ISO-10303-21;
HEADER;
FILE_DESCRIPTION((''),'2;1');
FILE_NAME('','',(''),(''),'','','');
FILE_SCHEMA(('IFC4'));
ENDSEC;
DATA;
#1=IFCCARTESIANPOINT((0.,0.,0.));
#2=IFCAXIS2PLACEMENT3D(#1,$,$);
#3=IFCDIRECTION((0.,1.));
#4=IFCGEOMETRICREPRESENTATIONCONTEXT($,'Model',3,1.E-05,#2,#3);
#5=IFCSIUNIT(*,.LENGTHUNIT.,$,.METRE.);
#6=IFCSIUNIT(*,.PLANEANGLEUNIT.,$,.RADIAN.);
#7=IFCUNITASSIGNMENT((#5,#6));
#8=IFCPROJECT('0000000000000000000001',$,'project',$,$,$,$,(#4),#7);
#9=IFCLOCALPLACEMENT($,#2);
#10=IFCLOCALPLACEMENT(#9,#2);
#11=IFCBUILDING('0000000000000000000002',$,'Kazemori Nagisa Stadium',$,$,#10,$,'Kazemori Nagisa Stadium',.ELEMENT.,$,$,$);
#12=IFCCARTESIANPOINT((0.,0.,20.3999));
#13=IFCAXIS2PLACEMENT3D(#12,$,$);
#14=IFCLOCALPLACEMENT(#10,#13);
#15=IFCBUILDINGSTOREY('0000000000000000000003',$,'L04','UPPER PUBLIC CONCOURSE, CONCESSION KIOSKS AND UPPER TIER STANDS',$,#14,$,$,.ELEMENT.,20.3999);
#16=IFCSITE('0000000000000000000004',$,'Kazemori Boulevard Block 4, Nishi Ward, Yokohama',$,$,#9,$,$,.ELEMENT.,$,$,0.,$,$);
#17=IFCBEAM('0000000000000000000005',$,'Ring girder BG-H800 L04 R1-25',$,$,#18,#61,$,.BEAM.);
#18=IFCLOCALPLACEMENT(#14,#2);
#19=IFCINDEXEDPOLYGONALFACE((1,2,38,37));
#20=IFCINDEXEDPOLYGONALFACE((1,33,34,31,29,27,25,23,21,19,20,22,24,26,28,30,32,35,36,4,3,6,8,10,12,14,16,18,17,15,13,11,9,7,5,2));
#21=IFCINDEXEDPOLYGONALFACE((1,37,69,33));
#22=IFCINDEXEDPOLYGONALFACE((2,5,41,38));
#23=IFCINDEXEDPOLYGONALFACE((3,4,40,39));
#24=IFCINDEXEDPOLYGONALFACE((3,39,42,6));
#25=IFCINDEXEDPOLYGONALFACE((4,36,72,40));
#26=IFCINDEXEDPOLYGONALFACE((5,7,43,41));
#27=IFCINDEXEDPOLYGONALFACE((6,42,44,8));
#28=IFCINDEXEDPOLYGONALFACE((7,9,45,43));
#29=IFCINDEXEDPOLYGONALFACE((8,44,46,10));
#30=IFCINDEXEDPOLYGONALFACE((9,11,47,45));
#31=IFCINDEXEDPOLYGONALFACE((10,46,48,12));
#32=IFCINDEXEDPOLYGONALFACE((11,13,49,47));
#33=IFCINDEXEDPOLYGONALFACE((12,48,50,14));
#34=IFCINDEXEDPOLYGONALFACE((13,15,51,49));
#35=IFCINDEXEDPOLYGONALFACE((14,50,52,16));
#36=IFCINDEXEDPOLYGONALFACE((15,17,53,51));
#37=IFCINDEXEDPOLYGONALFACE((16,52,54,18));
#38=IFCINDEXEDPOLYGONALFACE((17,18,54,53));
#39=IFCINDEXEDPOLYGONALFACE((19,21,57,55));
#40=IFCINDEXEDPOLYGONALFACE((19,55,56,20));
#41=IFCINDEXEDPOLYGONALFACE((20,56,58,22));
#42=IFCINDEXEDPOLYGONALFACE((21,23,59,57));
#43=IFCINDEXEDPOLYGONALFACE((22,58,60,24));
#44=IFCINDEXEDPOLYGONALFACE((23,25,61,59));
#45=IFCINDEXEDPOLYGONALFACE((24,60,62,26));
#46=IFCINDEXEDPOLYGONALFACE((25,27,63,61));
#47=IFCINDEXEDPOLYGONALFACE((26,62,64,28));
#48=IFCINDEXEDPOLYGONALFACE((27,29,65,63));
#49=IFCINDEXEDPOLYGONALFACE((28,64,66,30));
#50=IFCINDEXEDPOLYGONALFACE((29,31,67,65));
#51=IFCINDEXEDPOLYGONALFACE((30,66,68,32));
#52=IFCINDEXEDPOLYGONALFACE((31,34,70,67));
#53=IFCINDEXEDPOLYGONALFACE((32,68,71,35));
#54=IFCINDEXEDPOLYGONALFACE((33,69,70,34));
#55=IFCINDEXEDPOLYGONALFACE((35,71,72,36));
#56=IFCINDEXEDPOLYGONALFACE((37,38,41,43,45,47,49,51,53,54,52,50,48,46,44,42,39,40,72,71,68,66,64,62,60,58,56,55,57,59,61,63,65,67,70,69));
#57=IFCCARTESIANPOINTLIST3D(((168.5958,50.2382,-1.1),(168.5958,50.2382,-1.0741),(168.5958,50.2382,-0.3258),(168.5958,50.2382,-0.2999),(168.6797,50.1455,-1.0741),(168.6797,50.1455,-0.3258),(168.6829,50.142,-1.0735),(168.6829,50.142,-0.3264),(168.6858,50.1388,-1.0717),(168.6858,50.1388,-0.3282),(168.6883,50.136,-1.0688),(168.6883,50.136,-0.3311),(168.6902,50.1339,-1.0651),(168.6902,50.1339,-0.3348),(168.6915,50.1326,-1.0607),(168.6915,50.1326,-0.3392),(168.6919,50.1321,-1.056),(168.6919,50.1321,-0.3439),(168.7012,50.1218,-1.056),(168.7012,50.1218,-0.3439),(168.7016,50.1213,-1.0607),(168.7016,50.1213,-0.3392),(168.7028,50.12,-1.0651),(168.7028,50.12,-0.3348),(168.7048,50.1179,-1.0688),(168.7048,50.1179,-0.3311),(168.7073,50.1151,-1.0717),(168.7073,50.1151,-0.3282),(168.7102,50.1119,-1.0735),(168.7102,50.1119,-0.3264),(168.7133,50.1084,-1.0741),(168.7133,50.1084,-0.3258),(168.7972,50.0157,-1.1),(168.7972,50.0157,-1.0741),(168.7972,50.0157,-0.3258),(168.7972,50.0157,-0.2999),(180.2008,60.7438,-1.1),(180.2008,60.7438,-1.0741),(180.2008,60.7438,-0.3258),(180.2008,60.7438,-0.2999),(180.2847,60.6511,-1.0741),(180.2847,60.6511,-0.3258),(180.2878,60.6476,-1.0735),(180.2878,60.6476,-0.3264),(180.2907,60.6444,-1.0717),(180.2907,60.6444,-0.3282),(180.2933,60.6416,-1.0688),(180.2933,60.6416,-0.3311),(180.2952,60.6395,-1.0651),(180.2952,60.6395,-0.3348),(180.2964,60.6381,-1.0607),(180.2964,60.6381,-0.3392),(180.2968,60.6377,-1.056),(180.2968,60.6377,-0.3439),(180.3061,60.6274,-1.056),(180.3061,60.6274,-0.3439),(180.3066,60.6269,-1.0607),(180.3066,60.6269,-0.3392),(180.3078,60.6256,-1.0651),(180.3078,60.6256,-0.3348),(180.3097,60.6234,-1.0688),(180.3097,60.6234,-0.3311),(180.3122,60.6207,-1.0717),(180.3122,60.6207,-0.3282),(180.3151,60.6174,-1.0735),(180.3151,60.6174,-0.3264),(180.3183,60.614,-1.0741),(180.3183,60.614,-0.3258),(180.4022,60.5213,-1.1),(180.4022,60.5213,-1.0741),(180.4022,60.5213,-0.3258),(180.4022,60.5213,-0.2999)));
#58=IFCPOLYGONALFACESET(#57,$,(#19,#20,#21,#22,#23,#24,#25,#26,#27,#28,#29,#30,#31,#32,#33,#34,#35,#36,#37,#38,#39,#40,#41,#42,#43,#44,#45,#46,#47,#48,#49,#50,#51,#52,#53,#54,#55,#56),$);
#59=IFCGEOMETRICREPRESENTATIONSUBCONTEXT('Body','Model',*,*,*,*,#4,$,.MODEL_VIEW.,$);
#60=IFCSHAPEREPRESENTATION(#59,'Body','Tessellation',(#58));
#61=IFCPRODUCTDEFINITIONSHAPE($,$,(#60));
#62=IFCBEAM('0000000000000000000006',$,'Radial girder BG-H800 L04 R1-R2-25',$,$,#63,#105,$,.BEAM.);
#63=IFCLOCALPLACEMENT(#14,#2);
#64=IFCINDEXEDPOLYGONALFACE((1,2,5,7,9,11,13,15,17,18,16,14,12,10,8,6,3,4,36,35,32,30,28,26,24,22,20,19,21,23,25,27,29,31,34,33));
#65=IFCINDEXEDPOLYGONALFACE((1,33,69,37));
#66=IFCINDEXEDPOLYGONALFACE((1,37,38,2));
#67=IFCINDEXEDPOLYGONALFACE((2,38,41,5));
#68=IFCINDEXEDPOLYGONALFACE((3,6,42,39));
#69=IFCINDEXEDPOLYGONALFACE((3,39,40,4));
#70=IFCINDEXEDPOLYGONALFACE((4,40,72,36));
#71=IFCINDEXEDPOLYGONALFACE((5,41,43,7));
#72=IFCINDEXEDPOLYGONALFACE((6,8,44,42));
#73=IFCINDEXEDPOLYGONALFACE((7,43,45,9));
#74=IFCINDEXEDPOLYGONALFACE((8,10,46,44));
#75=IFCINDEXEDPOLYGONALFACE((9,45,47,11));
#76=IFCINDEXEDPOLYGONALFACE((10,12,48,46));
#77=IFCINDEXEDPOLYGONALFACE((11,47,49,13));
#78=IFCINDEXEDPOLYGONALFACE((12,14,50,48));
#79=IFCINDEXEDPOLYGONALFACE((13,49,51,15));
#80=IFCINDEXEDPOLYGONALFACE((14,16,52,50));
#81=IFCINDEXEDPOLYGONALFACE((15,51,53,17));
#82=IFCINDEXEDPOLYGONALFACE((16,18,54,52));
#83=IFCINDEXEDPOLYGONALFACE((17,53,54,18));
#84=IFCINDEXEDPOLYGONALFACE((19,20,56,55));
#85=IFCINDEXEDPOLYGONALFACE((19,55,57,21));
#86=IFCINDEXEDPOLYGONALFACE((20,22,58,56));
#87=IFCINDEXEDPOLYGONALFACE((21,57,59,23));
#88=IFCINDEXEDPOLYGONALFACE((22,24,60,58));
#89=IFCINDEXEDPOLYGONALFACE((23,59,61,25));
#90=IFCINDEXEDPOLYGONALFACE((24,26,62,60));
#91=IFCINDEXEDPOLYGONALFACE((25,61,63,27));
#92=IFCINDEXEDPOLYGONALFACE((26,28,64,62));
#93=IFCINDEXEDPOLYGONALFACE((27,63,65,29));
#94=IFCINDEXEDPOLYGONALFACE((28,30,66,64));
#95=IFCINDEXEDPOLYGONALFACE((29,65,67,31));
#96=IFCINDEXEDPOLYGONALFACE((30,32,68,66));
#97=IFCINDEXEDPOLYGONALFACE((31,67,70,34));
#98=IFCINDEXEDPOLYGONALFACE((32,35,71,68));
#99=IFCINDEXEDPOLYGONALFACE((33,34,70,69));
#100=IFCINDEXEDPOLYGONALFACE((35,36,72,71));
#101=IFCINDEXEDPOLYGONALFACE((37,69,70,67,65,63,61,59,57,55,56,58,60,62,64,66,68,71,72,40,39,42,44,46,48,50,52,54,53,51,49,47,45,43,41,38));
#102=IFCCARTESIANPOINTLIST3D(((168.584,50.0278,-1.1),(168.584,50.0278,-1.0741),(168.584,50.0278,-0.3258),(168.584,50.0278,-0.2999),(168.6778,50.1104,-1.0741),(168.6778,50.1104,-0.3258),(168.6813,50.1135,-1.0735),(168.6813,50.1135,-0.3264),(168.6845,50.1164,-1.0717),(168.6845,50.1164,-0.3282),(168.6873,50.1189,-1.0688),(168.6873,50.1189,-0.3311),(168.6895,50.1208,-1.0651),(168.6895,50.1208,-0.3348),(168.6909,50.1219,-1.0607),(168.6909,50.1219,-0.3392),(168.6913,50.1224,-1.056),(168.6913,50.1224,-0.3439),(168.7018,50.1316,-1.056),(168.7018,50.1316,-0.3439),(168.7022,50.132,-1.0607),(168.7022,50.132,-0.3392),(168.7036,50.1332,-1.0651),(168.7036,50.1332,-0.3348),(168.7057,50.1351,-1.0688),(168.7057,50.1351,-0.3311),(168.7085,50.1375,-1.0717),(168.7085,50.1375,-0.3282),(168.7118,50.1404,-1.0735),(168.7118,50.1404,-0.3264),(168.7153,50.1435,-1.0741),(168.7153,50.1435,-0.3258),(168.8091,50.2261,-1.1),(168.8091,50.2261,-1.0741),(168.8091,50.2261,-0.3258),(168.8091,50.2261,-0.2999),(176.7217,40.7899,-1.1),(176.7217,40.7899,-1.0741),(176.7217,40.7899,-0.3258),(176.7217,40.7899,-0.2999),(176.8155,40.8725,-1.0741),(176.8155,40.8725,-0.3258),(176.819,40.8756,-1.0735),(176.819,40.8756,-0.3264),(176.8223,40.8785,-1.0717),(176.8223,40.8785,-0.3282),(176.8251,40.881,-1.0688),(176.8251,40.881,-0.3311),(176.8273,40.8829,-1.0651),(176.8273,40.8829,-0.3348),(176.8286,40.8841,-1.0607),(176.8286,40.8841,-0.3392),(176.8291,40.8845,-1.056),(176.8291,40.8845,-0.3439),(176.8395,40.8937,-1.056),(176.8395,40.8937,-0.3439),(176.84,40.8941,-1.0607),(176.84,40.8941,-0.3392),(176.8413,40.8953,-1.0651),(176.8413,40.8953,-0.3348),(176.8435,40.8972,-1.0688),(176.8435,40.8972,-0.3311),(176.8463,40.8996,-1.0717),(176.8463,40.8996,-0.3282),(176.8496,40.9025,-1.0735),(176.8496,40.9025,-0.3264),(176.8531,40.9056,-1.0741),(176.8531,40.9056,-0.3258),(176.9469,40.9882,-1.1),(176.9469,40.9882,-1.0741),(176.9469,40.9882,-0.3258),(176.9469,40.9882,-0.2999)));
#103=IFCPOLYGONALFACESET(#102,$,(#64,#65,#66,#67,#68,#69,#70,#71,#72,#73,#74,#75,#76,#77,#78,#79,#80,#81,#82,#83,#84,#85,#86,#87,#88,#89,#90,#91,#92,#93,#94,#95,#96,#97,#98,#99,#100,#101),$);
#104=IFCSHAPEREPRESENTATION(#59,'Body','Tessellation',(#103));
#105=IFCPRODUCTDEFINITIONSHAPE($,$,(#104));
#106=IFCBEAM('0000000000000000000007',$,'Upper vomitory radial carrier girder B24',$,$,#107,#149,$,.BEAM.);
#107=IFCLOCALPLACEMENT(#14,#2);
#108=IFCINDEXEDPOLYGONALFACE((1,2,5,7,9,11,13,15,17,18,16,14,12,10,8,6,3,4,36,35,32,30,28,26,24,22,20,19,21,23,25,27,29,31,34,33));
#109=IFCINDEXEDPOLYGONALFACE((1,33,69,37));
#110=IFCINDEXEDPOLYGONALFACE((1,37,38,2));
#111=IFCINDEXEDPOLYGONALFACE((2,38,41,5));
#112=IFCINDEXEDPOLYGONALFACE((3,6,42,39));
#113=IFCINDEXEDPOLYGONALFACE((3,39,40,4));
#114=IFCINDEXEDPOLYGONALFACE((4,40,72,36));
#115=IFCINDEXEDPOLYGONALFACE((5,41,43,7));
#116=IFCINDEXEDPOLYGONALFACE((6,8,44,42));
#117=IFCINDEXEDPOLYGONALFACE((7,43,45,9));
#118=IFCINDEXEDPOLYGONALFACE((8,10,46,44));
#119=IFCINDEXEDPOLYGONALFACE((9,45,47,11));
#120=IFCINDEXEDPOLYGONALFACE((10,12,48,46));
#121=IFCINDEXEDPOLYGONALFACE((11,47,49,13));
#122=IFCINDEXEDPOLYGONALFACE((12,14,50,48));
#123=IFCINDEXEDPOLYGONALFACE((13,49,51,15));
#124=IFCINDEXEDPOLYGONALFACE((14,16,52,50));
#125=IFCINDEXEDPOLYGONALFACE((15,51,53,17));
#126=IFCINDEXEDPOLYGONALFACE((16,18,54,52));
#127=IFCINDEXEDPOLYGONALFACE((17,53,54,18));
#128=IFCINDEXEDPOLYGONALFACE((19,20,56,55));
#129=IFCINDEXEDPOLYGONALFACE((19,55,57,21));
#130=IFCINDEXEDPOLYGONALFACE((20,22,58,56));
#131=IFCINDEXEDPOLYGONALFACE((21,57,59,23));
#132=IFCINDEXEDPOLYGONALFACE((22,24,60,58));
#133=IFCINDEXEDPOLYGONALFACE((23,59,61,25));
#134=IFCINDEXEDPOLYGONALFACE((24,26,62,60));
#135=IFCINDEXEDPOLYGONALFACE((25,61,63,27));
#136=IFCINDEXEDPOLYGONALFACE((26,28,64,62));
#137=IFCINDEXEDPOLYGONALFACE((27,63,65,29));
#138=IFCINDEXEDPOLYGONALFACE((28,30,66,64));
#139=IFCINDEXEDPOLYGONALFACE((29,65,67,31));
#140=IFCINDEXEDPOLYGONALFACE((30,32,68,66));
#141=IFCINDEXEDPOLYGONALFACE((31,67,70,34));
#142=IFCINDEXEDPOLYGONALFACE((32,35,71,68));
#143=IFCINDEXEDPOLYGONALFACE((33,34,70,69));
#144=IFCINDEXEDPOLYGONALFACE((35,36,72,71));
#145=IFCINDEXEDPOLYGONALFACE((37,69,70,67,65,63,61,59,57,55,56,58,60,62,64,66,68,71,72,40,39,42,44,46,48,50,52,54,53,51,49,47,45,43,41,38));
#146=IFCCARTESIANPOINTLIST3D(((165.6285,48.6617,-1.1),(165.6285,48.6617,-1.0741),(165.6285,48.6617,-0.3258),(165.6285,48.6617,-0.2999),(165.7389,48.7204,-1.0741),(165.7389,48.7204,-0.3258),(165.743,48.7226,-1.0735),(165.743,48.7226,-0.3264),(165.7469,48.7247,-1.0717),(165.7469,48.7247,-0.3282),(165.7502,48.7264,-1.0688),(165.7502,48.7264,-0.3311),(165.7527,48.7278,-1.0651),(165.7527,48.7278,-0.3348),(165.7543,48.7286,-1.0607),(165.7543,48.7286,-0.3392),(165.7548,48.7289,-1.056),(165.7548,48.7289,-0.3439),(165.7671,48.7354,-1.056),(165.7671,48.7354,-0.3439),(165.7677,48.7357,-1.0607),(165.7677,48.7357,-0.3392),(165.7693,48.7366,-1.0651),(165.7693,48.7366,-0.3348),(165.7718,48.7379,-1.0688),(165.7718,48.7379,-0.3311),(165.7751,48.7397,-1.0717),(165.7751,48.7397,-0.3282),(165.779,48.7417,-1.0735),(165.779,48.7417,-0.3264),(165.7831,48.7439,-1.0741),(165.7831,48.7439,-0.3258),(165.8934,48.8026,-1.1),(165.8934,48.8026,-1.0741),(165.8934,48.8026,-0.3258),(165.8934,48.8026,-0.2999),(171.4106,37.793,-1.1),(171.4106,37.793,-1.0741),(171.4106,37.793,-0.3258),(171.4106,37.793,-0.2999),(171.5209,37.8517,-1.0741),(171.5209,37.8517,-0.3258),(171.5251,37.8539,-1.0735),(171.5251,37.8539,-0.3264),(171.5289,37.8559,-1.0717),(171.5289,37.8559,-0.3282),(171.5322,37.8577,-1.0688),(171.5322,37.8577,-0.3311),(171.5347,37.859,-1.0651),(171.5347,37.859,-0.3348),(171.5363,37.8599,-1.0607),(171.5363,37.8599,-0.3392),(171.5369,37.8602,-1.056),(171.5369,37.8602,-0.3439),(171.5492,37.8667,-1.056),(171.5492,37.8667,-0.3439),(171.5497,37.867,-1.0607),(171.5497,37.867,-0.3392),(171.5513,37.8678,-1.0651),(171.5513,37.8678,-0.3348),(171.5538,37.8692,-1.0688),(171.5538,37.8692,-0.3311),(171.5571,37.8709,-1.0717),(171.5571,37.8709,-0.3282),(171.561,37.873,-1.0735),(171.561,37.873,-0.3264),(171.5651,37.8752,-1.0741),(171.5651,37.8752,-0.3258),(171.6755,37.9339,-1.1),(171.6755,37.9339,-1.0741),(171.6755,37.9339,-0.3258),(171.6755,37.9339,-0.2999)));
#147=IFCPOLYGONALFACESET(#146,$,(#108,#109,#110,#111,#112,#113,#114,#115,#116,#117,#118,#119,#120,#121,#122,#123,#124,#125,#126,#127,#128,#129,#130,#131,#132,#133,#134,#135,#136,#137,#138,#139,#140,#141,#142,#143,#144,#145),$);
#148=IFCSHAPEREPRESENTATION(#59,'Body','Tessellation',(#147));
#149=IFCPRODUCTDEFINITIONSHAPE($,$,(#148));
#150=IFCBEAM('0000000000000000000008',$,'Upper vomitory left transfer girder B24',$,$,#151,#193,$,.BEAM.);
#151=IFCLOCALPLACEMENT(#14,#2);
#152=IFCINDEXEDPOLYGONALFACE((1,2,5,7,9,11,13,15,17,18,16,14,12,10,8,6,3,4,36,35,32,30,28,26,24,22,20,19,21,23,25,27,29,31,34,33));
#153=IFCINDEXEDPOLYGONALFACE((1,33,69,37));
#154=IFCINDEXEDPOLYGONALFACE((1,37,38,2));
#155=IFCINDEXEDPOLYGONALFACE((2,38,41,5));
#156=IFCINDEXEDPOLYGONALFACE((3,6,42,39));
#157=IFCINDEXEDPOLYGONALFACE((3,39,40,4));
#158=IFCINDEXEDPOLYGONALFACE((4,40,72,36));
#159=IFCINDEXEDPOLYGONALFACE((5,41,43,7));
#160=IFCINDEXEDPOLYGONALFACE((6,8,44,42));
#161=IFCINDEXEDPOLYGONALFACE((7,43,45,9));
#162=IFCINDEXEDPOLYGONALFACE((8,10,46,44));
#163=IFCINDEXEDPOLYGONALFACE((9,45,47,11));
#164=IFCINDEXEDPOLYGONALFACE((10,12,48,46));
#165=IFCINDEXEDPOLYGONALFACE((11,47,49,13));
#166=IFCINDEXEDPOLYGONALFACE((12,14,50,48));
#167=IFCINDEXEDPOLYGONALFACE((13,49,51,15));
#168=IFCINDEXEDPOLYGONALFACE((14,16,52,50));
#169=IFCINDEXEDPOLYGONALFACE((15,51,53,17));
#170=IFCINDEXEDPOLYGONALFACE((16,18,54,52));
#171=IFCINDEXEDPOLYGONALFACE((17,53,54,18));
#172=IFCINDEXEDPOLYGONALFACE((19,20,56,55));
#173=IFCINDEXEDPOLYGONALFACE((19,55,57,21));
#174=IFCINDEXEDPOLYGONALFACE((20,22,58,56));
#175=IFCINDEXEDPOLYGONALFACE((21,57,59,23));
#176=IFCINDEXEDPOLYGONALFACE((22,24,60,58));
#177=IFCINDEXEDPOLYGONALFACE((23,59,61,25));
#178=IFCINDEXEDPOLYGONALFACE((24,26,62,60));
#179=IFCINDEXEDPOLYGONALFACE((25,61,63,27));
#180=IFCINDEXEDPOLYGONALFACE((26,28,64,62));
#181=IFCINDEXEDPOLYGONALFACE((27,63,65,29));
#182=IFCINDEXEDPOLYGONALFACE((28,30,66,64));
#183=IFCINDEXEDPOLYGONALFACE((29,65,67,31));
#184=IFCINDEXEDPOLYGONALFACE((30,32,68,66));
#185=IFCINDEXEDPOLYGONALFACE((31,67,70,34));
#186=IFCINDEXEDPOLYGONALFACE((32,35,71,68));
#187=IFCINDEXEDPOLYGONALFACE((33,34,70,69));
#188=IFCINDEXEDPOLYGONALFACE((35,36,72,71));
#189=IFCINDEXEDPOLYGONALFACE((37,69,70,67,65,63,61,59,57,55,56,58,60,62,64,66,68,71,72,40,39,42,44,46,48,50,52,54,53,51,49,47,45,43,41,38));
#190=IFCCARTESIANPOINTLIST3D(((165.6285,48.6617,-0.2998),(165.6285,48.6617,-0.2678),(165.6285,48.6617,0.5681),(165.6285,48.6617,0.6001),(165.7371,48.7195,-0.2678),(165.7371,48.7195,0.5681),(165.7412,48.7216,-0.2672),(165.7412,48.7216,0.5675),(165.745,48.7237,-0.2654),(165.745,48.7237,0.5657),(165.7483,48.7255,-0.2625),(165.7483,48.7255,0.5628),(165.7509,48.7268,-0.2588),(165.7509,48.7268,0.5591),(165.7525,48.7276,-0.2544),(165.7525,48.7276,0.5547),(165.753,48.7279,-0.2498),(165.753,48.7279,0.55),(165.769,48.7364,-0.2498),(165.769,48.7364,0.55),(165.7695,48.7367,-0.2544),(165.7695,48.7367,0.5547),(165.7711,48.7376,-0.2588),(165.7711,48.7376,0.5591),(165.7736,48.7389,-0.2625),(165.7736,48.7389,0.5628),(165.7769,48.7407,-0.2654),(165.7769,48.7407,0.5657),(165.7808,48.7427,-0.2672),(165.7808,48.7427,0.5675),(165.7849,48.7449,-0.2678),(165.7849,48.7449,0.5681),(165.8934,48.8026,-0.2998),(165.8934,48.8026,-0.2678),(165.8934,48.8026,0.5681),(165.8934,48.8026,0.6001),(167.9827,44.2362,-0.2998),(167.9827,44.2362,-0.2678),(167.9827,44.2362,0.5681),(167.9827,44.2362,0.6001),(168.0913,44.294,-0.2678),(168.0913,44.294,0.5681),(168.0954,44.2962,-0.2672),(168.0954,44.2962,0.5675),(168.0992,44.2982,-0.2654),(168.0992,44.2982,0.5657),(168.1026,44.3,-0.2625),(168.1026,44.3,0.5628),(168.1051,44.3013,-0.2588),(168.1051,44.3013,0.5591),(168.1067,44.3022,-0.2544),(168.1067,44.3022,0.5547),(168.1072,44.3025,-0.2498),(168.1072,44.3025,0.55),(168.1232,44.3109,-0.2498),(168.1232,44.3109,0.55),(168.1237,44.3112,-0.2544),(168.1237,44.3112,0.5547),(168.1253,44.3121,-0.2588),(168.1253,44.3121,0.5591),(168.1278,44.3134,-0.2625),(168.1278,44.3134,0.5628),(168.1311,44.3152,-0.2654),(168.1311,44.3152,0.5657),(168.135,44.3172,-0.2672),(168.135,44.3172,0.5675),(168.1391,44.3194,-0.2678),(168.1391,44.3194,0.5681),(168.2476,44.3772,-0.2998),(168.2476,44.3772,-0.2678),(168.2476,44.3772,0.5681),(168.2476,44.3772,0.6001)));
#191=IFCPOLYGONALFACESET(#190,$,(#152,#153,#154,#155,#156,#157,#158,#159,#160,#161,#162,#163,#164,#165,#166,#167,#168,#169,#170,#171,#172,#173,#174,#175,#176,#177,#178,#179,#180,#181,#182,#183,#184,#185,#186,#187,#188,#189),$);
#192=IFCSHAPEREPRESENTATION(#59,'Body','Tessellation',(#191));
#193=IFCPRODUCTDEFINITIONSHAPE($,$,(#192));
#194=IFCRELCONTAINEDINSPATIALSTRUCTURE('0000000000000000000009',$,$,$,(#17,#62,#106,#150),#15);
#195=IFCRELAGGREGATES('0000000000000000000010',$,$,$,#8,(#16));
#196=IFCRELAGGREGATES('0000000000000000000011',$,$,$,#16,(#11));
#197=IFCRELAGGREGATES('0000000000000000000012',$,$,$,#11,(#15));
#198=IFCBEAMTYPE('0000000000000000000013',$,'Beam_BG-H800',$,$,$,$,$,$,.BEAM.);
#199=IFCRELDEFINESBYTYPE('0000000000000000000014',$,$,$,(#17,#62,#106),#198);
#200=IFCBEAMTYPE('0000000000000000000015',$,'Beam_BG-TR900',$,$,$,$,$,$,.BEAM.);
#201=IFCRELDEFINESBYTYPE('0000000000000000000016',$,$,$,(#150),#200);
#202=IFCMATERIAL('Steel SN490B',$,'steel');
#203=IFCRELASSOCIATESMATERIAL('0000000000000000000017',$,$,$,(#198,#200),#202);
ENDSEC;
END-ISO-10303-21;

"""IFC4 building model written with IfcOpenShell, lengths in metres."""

from ifc_helpers import new_model, si_unit, direction, frame, origin, origin_2d, place, context, subcontext, project, spatial, i_section, extrude, material, material_profile, profile_set, type_object, element, save


model = new_model("IFC4")

# Units and contexts
model_context = context("Model", 3, precision=1e-05, world=origin(), true_north=direction((0.0, 1.0)))
body_context = subcontext(model_context, "Body", "Model", "MODEL_VIEW")
ifc_project = project(units=[si_unit("LENGTHUNIT", "METRE"), si_unit("PLANEANGLEUNIT", "RADIAN")], contexts=[model_context])

# Site, building, storey
site_placement = place(None, origin())
site = spatial("IfcSite", under=ifc_project, at=site_placement, Name="Kazemori Boulevard Block 4, Nishi Ward, Yokohama", CompositionType="ELEMENT", RefElevation=0.0)
building_placement = place(site_placement, origin())
building = spatial("IfcBuilding", under=site, at=building_placement, Name="Kazemori Nagisa Stadium", LongName="Kazemori Nagisa Stadium", CompositionType="ELEMENT")
storey_placement = place(building_placement, frame((0.0, 0.0, 20.3999)))
storey = spatial("IfcBuildingStorey", under=building, at=storey_placement, Name="L04", Description="UPPER PUBLIC CONCOURSE, CONCESSION KIOSKS AND UPPER TIER STANDS", CompositionType="ELEMENT", Elevation=20.3999)

# Beams
ifc_material_1 = material(Name="Steel SN490B", Category="steel")
ifc_material_profile_1 = material_profile(ifc_material_1, i_section(OverallWidth=0.3, OverallDepth=0.8, WebThickness=0.0139, FlangeThickness=0.0259, FilletRadius=0.0181, at=origin_2d()), Name="H-800x300x14x26")
ifc_profile_set_1 = profile_set([ifc_material_profile_1], Name="Steel SN490B")
beam_type_1 = type_object("IfcBeamType", Name="Beam_BG-H800", PredefinedType="BEAM", material=ifc_profile_set_1)
beam_1_placement = place(storey_placement, frame((168.6965, 50.127, -0.7), z_axis=(0.741349, 0.67112, 0.0), x_axis=(-0.67112, 0.741349, 0.0)))
element("IfcBeam", 1, at=beam_1_placement, inside=storey, type_object=beam_type_1, Name="Ring girder BG-H800 L04 R1-25", PredefinedType="BEAM", context=body_context, shape_type="SweptSolid", body=[
    extrude(i_section(OverallWidth=0.3, OverallDepth=0.8, WebThickness=0.0139, FlangeThickness=0.0259, FilletRadius=0.0181, at=origin_2d()), origin(), (0.0, 0.0, 1.0), 15.6538),
])
for number, where, z_axis, x_axis, name in (
    (2, (168.6965, 50.127, -0.7), (0.661014, -0.750374, 0.0), (0.750374, 0.661014, 0.0), "Radial girder BG-H800 L04 R1-R2-25"),
    (3, (165.761, 48.7322, -0.7), (0.469663, -0.882846, 0.0), (0.882846, 0.469663, 0.0), "Upper vomitory radial carrier girder B24"),
):
    element("IfcBeam", number, at=place(storey_placement, frame(where, z_axis=z_axis, x_axis=x_axis)), inside=storey, type_object=beam_type_1, Name=name, PredefinedType="BEAM", context=body_context, shape_type="SweptSolid", body=[
        extrude(i_section(OverallWidth=0.3, OverallDepth=0.8, WebThickness=0.0139, FlangeThickness=0.0259, FilletRadius=0.0181, at=origin_2d()), origin(), (0.0, 0.0, 1.0), 12.311),
    ])
ifc_material_profile_2 = material_profile(ifc_material_1, i_section(OverallWidth=0.3, OverallDepth=0.8999, WebThickness=0.0181, FlangeThickness=0.032, FilletRadius=0.0181, at=origin_2d()), Name="H-900x300x18x32")
ifc_profile_set_2 = profile_set([ifc_material_profile_2], Name="Steel SN490B")
beam_type_2 = type_object("IfcBeamType", Name="Beam_BG-TR900", PredefinedType="BEAM", material=ifc_profile_set_2)
beam_2_placement = place(storey_placement, frame((165.761, 48.7322, 0.1501), z_axis=(0.46965, -0.882853, 0.0), x_axis=(0.882853, 0.46965, 0.0)))
element("IfcBeam", 4, at=beam_2_placement, inside=storey, type_object=beam_type_2, Name="Upper vomitory left transfer girder B24", PredefinedType="BEAM", context=body_context, shape_type="SweptSolid", body=[
    extrude(i_section(OverallWidth=0.3, OverallDepth=0.8999, WebThickness=0.0181, FlangeThickness=0.032, FilletRadius=0.0181, at=origin_2d()), origin(), (0.0, 0.0, 1.0), 5.0127),
])

save(model, "model.ifc")
